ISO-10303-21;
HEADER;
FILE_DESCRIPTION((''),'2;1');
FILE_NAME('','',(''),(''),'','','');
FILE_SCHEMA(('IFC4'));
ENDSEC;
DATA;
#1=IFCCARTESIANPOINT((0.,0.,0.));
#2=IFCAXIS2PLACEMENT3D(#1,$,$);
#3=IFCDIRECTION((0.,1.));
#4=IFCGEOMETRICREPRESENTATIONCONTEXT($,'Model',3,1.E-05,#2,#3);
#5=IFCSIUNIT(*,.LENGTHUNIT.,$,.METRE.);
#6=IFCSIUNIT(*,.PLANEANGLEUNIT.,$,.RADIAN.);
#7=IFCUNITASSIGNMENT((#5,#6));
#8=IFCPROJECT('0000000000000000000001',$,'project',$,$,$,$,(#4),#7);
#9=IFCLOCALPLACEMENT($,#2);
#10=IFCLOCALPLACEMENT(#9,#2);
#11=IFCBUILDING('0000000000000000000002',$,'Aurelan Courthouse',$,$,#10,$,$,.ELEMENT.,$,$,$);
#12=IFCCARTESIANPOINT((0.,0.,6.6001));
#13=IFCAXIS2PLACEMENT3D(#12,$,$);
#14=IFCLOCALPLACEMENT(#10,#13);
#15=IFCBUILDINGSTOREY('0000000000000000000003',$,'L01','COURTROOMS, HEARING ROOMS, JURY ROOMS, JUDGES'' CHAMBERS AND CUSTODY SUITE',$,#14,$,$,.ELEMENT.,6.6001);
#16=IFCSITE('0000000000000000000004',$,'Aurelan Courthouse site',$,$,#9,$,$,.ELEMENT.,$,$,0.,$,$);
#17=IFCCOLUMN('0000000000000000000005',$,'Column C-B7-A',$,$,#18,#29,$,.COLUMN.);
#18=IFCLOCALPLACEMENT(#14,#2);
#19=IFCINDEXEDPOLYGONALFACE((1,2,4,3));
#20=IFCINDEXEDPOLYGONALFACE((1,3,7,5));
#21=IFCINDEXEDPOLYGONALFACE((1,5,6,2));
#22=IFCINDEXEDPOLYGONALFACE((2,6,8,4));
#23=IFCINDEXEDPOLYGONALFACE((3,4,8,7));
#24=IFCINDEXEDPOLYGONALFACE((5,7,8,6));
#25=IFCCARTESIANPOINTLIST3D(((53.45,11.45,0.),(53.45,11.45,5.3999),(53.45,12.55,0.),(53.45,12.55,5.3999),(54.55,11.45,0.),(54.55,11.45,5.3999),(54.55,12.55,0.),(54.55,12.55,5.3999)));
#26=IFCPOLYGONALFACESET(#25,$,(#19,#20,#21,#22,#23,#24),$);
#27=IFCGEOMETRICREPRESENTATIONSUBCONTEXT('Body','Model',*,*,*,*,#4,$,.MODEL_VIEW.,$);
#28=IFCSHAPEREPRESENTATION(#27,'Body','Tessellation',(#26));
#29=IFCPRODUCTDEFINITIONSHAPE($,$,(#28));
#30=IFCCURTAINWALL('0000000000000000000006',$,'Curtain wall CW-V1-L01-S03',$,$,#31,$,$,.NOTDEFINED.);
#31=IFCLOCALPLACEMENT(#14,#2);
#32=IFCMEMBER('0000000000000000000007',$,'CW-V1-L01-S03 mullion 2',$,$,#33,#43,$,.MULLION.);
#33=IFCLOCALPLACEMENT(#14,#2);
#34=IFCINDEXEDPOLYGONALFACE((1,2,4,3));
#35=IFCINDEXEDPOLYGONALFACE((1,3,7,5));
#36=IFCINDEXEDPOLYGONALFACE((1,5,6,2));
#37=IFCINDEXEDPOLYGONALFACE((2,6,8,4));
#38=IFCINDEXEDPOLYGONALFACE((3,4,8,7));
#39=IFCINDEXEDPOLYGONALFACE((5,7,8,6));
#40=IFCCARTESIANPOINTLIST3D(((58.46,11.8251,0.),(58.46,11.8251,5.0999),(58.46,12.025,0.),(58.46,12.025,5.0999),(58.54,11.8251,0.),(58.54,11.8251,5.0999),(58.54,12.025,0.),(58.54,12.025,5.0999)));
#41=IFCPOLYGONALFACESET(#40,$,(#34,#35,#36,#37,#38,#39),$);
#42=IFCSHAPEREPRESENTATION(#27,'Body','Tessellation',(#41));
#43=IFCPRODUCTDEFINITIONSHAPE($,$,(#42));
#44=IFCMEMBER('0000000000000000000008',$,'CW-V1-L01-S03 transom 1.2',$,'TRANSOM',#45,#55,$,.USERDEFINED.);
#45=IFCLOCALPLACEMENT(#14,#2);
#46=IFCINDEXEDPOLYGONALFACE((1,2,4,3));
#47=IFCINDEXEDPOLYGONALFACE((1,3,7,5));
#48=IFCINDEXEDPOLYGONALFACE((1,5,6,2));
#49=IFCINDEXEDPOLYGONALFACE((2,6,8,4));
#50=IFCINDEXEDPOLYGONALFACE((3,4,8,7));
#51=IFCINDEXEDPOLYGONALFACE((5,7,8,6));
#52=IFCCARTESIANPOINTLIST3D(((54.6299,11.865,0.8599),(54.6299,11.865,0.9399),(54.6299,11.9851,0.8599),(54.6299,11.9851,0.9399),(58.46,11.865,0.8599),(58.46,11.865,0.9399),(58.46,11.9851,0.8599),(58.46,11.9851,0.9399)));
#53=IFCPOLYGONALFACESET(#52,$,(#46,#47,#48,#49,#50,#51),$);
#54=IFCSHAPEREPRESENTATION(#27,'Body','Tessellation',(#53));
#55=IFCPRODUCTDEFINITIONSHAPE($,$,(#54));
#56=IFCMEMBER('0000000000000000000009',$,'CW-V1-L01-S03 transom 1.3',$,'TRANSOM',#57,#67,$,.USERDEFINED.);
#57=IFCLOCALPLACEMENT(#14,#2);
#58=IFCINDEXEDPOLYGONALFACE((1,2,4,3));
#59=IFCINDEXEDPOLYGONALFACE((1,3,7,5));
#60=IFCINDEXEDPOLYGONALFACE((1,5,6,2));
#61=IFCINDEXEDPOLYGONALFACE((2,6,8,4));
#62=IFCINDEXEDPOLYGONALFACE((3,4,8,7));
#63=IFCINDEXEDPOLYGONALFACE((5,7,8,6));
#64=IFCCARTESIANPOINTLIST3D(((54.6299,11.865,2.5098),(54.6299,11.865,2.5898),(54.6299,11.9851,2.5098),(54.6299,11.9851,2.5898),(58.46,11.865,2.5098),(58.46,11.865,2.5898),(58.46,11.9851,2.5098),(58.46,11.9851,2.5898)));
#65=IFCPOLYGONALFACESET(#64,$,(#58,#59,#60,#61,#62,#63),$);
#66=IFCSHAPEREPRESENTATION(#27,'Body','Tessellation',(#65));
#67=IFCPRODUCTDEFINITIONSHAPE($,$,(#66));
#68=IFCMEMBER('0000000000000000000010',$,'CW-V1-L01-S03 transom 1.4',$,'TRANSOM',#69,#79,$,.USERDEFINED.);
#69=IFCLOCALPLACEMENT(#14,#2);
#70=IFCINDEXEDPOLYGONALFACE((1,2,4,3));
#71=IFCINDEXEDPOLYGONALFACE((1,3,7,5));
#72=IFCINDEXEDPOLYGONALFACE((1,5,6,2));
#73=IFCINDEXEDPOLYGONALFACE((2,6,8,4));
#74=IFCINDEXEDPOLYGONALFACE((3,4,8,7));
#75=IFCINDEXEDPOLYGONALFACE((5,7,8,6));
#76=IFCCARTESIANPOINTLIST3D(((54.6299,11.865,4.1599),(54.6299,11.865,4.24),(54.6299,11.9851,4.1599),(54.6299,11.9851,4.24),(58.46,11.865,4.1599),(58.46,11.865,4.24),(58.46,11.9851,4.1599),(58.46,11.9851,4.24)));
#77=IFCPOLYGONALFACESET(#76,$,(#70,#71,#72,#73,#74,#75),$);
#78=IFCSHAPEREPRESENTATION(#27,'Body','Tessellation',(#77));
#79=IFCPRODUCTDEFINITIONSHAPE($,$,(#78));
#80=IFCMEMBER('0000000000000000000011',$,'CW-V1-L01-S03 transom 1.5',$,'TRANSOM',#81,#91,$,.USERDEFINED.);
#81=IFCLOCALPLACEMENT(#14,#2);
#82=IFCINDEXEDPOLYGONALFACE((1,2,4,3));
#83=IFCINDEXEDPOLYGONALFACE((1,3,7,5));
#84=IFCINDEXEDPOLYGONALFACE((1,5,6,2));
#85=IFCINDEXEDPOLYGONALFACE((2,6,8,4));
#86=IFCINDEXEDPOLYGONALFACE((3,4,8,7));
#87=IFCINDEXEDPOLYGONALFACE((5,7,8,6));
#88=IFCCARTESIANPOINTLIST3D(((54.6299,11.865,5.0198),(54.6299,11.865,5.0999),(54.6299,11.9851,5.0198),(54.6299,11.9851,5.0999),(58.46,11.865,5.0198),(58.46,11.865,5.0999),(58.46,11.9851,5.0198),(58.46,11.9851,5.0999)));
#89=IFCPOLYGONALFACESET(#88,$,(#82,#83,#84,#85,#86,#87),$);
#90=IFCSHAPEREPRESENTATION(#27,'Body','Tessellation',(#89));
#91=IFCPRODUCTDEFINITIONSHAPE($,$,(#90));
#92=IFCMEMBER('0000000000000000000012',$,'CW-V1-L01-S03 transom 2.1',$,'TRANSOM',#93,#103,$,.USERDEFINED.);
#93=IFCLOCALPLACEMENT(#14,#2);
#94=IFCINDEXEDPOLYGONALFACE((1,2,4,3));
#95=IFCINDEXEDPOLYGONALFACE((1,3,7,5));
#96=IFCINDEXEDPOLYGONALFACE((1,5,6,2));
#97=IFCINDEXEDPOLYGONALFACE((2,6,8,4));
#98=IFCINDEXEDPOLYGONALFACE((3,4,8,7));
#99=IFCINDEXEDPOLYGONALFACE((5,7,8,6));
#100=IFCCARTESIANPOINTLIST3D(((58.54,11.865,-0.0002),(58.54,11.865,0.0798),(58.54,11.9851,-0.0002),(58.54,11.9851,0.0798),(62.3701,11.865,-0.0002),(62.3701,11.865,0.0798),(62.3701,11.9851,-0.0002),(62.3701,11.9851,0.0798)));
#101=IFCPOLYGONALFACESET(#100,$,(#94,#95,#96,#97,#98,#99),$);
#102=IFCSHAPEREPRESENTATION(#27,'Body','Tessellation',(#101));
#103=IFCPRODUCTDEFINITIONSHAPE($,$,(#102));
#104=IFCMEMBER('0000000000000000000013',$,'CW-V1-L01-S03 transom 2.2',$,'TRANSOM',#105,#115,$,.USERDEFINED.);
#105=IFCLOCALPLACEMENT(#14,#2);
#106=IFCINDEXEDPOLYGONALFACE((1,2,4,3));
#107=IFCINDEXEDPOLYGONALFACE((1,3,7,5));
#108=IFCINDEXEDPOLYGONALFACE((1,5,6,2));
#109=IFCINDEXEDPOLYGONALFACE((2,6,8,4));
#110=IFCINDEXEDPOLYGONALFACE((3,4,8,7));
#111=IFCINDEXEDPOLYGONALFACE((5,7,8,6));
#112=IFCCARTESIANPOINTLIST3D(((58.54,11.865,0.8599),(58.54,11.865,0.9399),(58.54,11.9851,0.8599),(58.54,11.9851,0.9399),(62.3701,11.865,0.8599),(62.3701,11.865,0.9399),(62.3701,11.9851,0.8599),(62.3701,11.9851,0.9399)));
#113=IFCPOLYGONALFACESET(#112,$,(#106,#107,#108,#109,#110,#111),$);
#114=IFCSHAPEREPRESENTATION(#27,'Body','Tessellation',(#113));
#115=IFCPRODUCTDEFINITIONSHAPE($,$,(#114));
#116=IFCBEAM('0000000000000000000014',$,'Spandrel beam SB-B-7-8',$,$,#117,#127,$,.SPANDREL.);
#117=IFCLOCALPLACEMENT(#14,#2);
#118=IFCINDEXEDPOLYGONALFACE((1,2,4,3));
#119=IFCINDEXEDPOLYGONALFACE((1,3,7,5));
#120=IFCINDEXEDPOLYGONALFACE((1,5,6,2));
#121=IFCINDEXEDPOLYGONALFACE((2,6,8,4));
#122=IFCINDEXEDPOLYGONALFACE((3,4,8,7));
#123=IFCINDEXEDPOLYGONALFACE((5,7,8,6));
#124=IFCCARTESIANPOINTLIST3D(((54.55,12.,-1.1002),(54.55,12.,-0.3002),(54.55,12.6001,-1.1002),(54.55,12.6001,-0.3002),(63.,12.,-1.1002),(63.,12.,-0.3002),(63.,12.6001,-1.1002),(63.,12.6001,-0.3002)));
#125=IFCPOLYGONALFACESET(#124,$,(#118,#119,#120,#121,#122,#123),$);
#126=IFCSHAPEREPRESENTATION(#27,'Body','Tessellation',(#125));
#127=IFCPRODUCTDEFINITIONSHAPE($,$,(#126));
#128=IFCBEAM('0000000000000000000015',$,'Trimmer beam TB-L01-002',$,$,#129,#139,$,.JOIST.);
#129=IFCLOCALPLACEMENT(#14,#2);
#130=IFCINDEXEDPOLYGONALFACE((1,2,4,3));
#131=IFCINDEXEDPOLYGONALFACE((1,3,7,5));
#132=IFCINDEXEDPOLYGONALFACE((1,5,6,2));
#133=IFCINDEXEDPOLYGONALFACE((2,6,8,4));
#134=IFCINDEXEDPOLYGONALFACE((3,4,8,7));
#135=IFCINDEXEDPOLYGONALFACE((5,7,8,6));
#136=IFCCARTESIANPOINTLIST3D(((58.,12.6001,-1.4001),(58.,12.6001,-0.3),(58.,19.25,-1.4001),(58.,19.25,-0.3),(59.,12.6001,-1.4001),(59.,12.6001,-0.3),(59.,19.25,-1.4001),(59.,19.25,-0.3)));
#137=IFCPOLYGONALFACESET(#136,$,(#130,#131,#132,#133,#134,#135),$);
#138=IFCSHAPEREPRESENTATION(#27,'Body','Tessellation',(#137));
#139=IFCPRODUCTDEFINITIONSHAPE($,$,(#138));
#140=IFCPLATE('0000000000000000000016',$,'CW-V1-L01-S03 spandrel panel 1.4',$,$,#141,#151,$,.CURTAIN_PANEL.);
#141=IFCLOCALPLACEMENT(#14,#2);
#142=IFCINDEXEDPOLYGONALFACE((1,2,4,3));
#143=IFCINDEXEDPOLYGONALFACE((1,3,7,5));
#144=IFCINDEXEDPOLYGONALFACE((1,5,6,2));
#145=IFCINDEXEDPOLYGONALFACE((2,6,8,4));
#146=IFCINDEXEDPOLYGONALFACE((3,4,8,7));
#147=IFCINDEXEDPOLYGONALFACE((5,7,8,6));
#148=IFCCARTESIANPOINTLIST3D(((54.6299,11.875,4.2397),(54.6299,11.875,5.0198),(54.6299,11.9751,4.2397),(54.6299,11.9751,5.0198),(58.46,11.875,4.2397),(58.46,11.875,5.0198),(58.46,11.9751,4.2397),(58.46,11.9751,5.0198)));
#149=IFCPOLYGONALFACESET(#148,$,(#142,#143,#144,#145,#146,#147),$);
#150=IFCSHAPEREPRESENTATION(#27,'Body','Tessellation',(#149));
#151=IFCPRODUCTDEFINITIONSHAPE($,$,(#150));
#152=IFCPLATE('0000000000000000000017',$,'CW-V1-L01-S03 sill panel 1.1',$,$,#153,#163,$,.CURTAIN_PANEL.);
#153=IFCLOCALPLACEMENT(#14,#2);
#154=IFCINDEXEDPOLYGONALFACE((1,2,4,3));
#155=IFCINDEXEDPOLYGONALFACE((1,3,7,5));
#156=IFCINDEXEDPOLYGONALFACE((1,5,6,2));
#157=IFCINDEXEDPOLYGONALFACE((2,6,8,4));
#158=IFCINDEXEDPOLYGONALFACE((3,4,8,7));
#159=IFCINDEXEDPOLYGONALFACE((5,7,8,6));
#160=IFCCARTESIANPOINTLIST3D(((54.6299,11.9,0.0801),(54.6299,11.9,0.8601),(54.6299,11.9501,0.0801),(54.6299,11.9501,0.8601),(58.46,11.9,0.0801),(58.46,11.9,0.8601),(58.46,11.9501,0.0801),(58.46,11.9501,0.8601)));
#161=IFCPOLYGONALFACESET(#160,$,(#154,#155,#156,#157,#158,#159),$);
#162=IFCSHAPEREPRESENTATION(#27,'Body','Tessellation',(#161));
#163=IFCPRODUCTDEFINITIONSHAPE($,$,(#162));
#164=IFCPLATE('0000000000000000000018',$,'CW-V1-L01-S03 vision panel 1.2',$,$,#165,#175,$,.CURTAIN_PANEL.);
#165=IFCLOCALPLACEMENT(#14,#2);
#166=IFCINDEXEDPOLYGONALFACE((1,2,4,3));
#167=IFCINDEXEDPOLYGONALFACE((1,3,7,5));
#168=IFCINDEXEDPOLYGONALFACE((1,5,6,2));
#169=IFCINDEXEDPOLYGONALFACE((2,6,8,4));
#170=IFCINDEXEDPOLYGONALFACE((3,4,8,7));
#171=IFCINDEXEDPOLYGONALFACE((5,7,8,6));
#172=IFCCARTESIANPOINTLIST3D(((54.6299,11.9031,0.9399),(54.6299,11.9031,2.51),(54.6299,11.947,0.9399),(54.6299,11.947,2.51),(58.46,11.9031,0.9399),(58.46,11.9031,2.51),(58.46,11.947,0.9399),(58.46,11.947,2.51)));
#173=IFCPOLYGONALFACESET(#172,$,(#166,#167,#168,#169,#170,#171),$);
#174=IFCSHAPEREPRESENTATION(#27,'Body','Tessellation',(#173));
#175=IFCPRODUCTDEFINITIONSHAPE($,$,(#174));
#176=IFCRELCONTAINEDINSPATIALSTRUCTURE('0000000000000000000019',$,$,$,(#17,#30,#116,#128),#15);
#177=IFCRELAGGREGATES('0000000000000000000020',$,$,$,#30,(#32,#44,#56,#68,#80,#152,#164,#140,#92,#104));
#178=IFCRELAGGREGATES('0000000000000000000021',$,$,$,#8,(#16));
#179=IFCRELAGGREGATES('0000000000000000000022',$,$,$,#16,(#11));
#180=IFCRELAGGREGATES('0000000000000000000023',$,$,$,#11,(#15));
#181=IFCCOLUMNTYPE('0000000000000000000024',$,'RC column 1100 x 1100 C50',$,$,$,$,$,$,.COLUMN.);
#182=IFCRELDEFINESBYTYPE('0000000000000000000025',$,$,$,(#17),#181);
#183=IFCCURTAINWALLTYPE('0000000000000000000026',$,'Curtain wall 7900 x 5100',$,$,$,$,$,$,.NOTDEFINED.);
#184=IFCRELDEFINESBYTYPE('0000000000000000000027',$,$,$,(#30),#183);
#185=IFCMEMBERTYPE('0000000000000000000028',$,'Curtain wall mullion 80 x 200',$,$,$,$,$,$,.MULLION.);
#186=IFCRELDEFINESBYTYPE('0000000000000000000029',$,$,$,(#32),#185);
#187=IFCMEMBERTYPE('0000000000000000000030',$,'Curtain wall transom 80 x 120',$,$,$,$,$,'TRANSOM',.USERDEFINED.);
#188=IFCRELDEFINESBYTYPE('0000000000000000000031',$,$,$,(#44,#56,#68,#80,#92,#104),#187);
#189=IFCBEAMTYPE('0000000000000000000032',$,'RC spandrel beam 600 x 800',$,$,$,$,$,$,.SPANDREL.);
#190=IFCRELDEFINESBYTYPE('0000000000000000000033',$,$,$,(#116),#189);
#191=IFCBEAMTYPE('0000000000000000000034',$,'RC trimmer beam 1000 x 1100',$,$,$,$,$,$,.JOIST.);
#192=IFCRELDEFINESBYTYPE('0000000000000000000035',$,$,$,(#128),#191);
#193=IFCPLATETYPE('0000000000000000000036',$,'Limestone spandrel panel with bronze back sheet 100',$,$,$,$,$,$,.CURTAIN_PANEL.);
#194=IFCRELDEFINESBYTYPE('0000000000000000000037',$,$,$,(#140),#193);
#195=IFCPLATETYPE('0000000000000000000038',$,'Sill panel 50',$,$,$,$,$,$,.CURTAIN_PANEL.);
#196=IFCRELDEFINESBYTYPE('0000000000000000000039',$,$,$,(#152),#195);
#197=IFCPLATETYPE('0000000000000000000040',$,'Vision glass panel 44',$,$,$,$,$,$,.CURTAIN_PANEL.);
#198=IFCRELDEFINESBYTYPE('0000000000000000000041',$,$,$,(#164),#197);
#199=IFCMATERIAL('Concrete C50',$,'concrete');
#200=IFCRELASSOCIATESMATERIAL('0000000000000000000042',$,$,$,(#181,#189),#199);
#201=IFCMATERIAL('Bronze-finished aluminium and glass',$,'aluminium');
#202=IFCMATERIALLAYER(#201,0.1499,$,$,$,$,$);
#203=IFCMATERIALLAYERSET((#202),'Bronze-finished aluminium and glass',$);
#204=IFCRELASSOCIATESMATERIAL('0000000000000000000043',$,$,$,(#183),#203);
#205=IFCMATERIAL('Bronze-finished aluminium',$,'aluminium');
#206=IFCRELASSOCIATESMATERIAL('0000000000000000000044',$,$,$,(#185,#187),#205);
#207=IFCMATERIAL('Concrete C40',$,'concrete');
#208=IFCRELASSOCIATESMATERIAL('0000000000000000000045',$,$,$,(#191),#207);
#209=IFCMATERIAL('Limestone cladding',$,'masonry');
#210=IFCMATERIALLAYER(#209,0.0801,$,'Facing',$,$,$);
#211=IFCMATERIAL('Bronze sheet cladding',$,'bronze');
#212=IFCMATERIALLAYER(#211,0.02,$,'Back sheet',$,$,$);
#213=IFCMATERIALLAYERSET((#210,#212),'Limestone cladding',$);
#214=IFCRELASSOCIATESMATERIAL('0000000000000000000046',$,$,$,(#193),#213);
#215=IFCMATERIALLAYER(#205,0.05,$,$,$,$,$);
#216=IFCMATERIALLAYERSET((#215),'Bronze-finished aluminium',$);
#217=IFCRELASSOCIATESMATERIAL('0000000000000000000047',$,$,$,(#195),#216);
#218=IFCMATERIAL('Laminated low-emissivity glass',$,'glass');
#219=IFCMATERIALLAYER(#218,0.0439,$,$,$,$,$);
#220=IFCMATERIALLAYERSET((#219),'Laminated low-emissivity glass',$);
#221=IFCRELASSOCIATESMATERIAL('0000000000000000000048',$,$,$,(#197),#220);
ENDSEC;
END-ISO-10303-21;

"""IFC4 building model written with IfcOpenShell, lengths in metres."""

from ifc_helpers import new_model, si_unit, direction, frame, origin, origin_2d, place, context, subcontext, project, spatial, rectangle, extrude, material, layer, layer_set, material_profile, profile_set, type_object, element, aggregate, save


model = new_model("IFC4")

# Units and contexts
model_context = context("Model", 3, precision=1e-05, world=origin(), true_north=direction((0.0, 1.0)))
body_context = subcontext(model_context, "Body", "Model", "MODEL_VIEW")
ifc_project = project(units=[si_unit("LENGTHUNIT", "METRE"), si_unit("PLANEANGLEUNIT", "RADIAN")], contexts=[model_context])

# Site, building, storey
site_placement = place(None, origin())
site = spatial("IfcSite", under=ifc_project, at=site_placement, Name="Aurelan Courthouse site", CompositionType="ELEMENT", RefElevation=0.0)
building_placement = place(site_placement, origin())
building = spatial("IfcBuilding", under=site, at=building_placement, Name="Aurelan Courthouse", CompositionType="ELEMENT")
storey_placement = place(building_placement, frame((0.0, 0.0, 6.6001)))
storey = spatial("IfcBuildingStorey", under=building, at=storey_placement, Name="L01", Description="COURTROOMS, HEARING ROOMS, JURY ROOMS, JUDGES' CHAMBERS AND CUSTODY SUITE", CompositionType="ELEMENT", Elevation=6.6001)

# Column
ifc_material_1 = material(Name="Concrete C50", Category="concrete")
ifc_material_profile_1 = material_profile(ifc_material_1, rectangle(XDim=1.1001, YDim=1.1001, at=origin_2d()), Name="RC 1100 x 1100")
ifc_profile_set_1 = profile_set([ifc_material_profile_1], Name="Concrete C50")
column_type = type_object("IfcColumnType", Name="RC column 1100 x 1100 C50", PredefinedType="COLUMN", material=ifc_profile_set_1)
column_placement = place(storey_placement, frame((54.0, 12.0, 0.0), z_axis=(0.0, 0.0, 1.0), x_axis=(1.0, 0.0, 0.0)))
element("IfcColumn", 1, at=column_placement, inside=storey, type_object=column_type, Name="Column C-B7-A", PredefinedType="COLUMN", context=body_context, shape_type="SweptSolid", body=[
    extrude(rectangle(XDim=1.1001, YDim=1.1001, at=origin_2d()), origin(), (0.0, 0.0, 1.0), 5.3999),
])

# Curtain wall, members
ifc_material_2 = material(Name="Bronze-finished aluminium and glass", Category="aluminium")
ifc_layer_1 = layer(ifc_material_2, 0.1499)
ifc_layer_set_1 = layer_set([ifc_layer_1], Name="Bronze-finished aluminium and glass")
curtain_wall_type = type_object("IfcCurtainWallType", Name="Curtain wall 7900 x 5100", PredefinedType="NOTDEFINED", material=ifc_layer_set_1)
curtain_wall_placement = place(storey_placement, origin())
curtain_wall = element("IfcCurtainWall", 2, at=curtain_wall_placement, inside=storey, type_object=curtain_wall_type, Name="Curtain wall CW-V1-L01-S03", PredefinedType="NOTDEFINED")
ifc_material_3 = material(Name="Bronze-finished aluminium", Category="aluminium")
ifc_material_profile_2 = material_profile(ifc_material_3, rectangle(XDim=0.2, YDim=0.0801, at=origin_2d()), Name="Bronze mullion 80 x 200")
ifc_profile_set_2 = profile_set([ifc_material_profile_2], Name="Bronze-finished aluminium")
member_type_1 = type_object("IfcMemberType", Name="Curtain wall mullion 80 x 200", PredefinedType="MULLION", material=ifc_profile_set_2)
member_1_placement = place(storey_placement, frame((58.5, 11.925, 0.0), z_axis=(0.0, 0.0, 1.0), x_axis=(0.0, 1.0, 0.0)))
member_1 = element("IfcMember", 3, at=member_1_placement, type_object=member_type_1, Name="CW-V1-L01-S03 mullion 2", PredefinedType="MULLION", context=body_context, shape_type="SweptSolid", body=[
    extrude(rectangle(XDim=0.2, YDim=0.0801, at=origin_2d()), origin(), (0.0, 0.0, 1.0), 5.0999),
])
ifc_material_profile_3 = material_profile(ifc_material_3, rectangle(XDim=0.1201, YDim=0.0801, at=origin_2d()), Name="Bronze transom 80 x 120")
ifc_profile_set_3 = profile_set([ifc_material_profile_3], Name="Bronze-finished aluminium")
member_type_2 = type_object("IfcMemberType", Name="Curtain wall transom 80 x 120", ElementType="TRANSOM", PredefinedType="USERDEFINED", material=ifc_profile_set_3)
member_2_placement = place(storey_placement, frame((54.6299, 11.925, 0.8999), z_axis=(1.0, 0.0, 0.0), x_axis=(0.0, 1.0, 0.0)))
member_2 = element("IfcMember", 4, at=member_2_placement, type_object=member_type_2, Name="CW-V1-L01-S03 transom 1.2", ObjectType="TRANSOM", PredefinedType="USERDEFINED", context=body_context, shape_type="SweptSolid", body=[
    extrude(rectangle(XDim=0.1201, YDim=0.0801, at=origin_2d()), origin(), (0.0, 0.0, 1.0), 3.8301),
])
member_3_placement = place(storey_placement, frame((54.6299, 11.925, 2.5498), z_axis=(1.0, 0.0, 0.0), x_axis=(0.0, 1.0, 0.0)))
member_3 = element("IfcMember", 5, at=member_3_placement, type_object=member_type_2, Name="CW-V1-L01-S03 transom 1.3", ObjectType="TRANSOM", PredefinedType="USERDEFINED", context=body_context, shape_type="SweptSolid", body=[
    extrude(rectangle(XDim=0.1201, YDim=0.0801, at=origin_2d()), origin(), (0.0, 0.0, 1.0), 3.8301),
])
member_4_placement = place(storey_placement, frame((54.6299, 11.925, 4.2), z_axis=(1.0, 0.0, 0.0), x_axis=(0.0, 1.0, 0.0)))
member_4 = element("IfcMember", 6, at=member_4_placement, type_object=member_type_2, Name="CW-V1-L01-S03 transom 1.4", ObjectType="TRANSOM", PredefinedType="USERDEFINED", context=body_context, shape_type="SweptSolid", body=[
    extrude(rectangle(XDim=0.1201, YDim=0.0801, at=origin_2d()), origin(), (0.0, 0.0, 1.0), 3.8301),
])
member_5_placement = place(storey_placement, frame((54.6299, 11.925, 5.0598), z_axis=(1.0, 0.0, 0.0), x_axis=(0.0, 1.0, 0.0)))
member_5 = element("IfcMember", 7, at=member_5_placement, type_object=member_type_2, Name="CW-V1-L01-S03 transom 1.5", ObjectType="TRANSOM", PredefinedType="USERDEFINED", context=body_context, shape_type="SweptSolid", body=[
    extrude(rectangle(XDim=0.1201, YDim=0.0801, at=origin_2d()), origin(), (0.0, 0.0, 1.0), 3.8301),
])
member_6_placement = place(storey_placement, frame((58.54, 11.925, 0.0398), z_axis=(1.0, 0.0, 0.0), x_axis=(0.0, 1.0, 0.0)))
member_6 = element("IfcMember", 8, at=member_6_placement, type_object=member_type_2, Name="CW-V1-L01-S03 transom 2.1", ObjectType="TRANSOM", PredefinedType="USERDEFINED", context=body_context, shape_type="SweptSolid", body=[
    extrude(rectangle(XDim=0.1201, YDim=0.0801, at=origin_2d()), origin(), (0.0, 0.0, 1.0), 3.8301),
])
member_7_placement = place(storey_placement, frame((58.54, 11.925, 0.8999), z_axis=(1.0, 0.0, 0.0), x_axis=(0.0, 1.0, 0.0)))
member_7 = element("IfcMember", 9, at=member_7_placement, type_object=member_type_2, Name="CW-V1-L01-S03 transom 2.2", ObjectType="TRANSOM", PredefinedType="USERDEFINED", context=body_context, shape_type="SweptSolid", body=[
    extrude(rectangle(XDim=0.1201, YDim=0.0801, at=origin_2d()), origin(), (0.0, 0.0, 1.0), 3.8301),
])

# Beams
ifc_material_profile_4 = material_profile(ifc_material_1, rectangle(XDim=0.6001, YDim=0.8, at=origin_2d()), Name="RC 600 x 800")
ifc_profile_set_4 = profile_set([ifc_material_profile_4], Name="Concrete C50")
beam_type_1 = type_object("IfcBeamType", Name="RC spandrel beam 600 x 800", PredefinedType="SPANDREL", material=ifc_profile_set_4)
beam_1_placement = place(storey_placement, frame((54.55, 12.3, -0.7002), z_axis=(1.0, 0.0, 0.0), x_axis=(0.0, 1.0, 0.0)))
element("IfcBeam", 10, at=beam_1_placement, inside=storey, type_object=beam_type_1, Name="Spandrel beam SB-B-7-8", PredefinedType="SPANDREL", context=body_context, shape_type="SweptSolid", body=[
    extrude(rectangle(XDim=0.6001, YDim=0.8, at=origin_2d()), origin(), (0.0, 0.0, 1.0), 8.45),
])
ifc_material_4 = material(Name="Concrete C40", Category="concrete")
ifc_material_profile_5 = material_profile(ifc_material_4, rectangle(XDim=1.0, YDim=1.1001, at=origin_2d()), Name="RC 1000 x 1100")
ifc_profile_set_5 = profile_set([ifc_material_profile_5], Name="Concrete C40")
beam_type_2 = type_object("IfcBeamType", Name="RC trimmer beam 1000 x 1100", PredefinedType="JOIST", material=ifc_profile_set_5)
beam_2_placement = place(storey_placement, frame((58.5, 12.6001, -0.8501), z_axis=(0.0, 1.0, 0.0), x_axis=(-1.0, 0.0, 0.0)))
element("IfcBeam", 11, at=beam_2_placement, inside=storey, type_object=beam_type_2, Name="Trimmer beam TB-L01-002", PredefinedType="JOIST", context=body_context, shape_type="SweptSolid", body=[
    extrude(rectangle(XDim=1.0, YDim=1.1001, at=origin_2d()), origin(), (0.0, 0.0, 1.0), 6.6499),
])

# Plates
ifc_material_5 = material(Name="Limestone cladding", Category="masonry")
ifc_layer_2 = layer(ifc_material_5, 0.0801, Name="Facing")
ifc_material_6 = material(Name="Bronze sheet cladding", Category="bronze")
ifc_layer_3 = layer(ifc_material_6, 0.02, Name="Back sheet")
ifc_layer_set_2 = layer_set([ifc_layer_2, ifc_layer_3], Name="Limestone cladding")
plate_type_1 = type_object("IfcPlateType", Name="Limestone spandrel panel with bronze back sheet 100", PredefinedType="CURTAIN_PANEL", material=ifc_layer_set_2)
plate_1_placement = place(storey_placement, frame((56.5449, 11.925, 4.2397), z_axis=(0.0, 0.0, 1.0), x_axis=(1.0, 0.0, 0.0)))
plate_1 = element("IfcPlate", 12, at=plate_1_placement, type_object=plate_type_1, Name="CW-V1-L01-S03 spandrel panel 1.4", PredefinedType="CURTAIN_PANEL", context=body_context, shape_type="SweptSolid", body=[
    extrude(rectangle(XDim=3.8301, YDim=0.1001, at=origin_2d()), origin(), (0.0, 0.0, 1.0), 0.78),
])
ifc_layer_4 = layer(ifc_material_3, 0.05)
ifc_layer_set_3 = layer_set([ifc_layer_4], Name="Bronze-finished aluminium")
plate_type_2 = type_object("IfcPlateType", Name="Sill panel 50", PredefinedType="CURTAIN_PANEL", material=ifc_layer_set_3)
plate_2_placement = place(storey_placement, frame((56.5449, 11.925, 0.0801), z_axis=(0.0, 0.0, 1.0), x_axis=(1.0, 0.0, 0.0)))
plate_2 = element("IfcPlate", 13, at=plate_2_placement, type_object=plate_type_2, Name="CW-V1-L01-S03 sill panel 1.1", PredefinedType="CURTAIN_PANEL", context=body_context, shape_type="SweptSolid", body=[
    extrude(rectangle(XDim=3.8301, YDim=0.05, at=origin_2d()), origin(), (0.0, 0.0, 1.0), 0.78),
])
ifc_material_7 = material(Name="Laminated low-emissivity glass", Category="glass")
ifc_layer_5 = layer(ifc_material_7, 0.0439)
ifc_layer_set_4 = layer_set([ifc_layer_5], Name="Laminated low-emissivity glass")
plate_type_3 = type_object("IfcPlateType", Name="Vision glass panel 44", PredefinedType="CURTAIN_PANEL", material=ifc_layer_set_4)
plate_3_placement = place(storey_placement, frame((56.5449, 11.925, 0.9399), z_axis=(0.0, 0.0, 1.0), x_axis=(1.0, 0.0, 0.0)))
plate_3 = element("IfcPlate", 14, at=plate_3_placement, type_object=plate_type_3, Name="CW-V1-L01-S03 vision panel 1.2", PredefinedType="CURTAIN_PANEL", context=body_context, shape_type="SweptSolid", body=[
    extrude(rectangle(XDim=3.8301, YDim=0.0439, at=origin_2d()), origin(), (0.0, 0.0, 1.0), 1.5701),
])
aggregate(curtain_wall, [member_1, member_2, member_3, member_4, member_5, plate_2, plate_3, plate_1, member_6, member_7])

save(model, "model.ifc")
